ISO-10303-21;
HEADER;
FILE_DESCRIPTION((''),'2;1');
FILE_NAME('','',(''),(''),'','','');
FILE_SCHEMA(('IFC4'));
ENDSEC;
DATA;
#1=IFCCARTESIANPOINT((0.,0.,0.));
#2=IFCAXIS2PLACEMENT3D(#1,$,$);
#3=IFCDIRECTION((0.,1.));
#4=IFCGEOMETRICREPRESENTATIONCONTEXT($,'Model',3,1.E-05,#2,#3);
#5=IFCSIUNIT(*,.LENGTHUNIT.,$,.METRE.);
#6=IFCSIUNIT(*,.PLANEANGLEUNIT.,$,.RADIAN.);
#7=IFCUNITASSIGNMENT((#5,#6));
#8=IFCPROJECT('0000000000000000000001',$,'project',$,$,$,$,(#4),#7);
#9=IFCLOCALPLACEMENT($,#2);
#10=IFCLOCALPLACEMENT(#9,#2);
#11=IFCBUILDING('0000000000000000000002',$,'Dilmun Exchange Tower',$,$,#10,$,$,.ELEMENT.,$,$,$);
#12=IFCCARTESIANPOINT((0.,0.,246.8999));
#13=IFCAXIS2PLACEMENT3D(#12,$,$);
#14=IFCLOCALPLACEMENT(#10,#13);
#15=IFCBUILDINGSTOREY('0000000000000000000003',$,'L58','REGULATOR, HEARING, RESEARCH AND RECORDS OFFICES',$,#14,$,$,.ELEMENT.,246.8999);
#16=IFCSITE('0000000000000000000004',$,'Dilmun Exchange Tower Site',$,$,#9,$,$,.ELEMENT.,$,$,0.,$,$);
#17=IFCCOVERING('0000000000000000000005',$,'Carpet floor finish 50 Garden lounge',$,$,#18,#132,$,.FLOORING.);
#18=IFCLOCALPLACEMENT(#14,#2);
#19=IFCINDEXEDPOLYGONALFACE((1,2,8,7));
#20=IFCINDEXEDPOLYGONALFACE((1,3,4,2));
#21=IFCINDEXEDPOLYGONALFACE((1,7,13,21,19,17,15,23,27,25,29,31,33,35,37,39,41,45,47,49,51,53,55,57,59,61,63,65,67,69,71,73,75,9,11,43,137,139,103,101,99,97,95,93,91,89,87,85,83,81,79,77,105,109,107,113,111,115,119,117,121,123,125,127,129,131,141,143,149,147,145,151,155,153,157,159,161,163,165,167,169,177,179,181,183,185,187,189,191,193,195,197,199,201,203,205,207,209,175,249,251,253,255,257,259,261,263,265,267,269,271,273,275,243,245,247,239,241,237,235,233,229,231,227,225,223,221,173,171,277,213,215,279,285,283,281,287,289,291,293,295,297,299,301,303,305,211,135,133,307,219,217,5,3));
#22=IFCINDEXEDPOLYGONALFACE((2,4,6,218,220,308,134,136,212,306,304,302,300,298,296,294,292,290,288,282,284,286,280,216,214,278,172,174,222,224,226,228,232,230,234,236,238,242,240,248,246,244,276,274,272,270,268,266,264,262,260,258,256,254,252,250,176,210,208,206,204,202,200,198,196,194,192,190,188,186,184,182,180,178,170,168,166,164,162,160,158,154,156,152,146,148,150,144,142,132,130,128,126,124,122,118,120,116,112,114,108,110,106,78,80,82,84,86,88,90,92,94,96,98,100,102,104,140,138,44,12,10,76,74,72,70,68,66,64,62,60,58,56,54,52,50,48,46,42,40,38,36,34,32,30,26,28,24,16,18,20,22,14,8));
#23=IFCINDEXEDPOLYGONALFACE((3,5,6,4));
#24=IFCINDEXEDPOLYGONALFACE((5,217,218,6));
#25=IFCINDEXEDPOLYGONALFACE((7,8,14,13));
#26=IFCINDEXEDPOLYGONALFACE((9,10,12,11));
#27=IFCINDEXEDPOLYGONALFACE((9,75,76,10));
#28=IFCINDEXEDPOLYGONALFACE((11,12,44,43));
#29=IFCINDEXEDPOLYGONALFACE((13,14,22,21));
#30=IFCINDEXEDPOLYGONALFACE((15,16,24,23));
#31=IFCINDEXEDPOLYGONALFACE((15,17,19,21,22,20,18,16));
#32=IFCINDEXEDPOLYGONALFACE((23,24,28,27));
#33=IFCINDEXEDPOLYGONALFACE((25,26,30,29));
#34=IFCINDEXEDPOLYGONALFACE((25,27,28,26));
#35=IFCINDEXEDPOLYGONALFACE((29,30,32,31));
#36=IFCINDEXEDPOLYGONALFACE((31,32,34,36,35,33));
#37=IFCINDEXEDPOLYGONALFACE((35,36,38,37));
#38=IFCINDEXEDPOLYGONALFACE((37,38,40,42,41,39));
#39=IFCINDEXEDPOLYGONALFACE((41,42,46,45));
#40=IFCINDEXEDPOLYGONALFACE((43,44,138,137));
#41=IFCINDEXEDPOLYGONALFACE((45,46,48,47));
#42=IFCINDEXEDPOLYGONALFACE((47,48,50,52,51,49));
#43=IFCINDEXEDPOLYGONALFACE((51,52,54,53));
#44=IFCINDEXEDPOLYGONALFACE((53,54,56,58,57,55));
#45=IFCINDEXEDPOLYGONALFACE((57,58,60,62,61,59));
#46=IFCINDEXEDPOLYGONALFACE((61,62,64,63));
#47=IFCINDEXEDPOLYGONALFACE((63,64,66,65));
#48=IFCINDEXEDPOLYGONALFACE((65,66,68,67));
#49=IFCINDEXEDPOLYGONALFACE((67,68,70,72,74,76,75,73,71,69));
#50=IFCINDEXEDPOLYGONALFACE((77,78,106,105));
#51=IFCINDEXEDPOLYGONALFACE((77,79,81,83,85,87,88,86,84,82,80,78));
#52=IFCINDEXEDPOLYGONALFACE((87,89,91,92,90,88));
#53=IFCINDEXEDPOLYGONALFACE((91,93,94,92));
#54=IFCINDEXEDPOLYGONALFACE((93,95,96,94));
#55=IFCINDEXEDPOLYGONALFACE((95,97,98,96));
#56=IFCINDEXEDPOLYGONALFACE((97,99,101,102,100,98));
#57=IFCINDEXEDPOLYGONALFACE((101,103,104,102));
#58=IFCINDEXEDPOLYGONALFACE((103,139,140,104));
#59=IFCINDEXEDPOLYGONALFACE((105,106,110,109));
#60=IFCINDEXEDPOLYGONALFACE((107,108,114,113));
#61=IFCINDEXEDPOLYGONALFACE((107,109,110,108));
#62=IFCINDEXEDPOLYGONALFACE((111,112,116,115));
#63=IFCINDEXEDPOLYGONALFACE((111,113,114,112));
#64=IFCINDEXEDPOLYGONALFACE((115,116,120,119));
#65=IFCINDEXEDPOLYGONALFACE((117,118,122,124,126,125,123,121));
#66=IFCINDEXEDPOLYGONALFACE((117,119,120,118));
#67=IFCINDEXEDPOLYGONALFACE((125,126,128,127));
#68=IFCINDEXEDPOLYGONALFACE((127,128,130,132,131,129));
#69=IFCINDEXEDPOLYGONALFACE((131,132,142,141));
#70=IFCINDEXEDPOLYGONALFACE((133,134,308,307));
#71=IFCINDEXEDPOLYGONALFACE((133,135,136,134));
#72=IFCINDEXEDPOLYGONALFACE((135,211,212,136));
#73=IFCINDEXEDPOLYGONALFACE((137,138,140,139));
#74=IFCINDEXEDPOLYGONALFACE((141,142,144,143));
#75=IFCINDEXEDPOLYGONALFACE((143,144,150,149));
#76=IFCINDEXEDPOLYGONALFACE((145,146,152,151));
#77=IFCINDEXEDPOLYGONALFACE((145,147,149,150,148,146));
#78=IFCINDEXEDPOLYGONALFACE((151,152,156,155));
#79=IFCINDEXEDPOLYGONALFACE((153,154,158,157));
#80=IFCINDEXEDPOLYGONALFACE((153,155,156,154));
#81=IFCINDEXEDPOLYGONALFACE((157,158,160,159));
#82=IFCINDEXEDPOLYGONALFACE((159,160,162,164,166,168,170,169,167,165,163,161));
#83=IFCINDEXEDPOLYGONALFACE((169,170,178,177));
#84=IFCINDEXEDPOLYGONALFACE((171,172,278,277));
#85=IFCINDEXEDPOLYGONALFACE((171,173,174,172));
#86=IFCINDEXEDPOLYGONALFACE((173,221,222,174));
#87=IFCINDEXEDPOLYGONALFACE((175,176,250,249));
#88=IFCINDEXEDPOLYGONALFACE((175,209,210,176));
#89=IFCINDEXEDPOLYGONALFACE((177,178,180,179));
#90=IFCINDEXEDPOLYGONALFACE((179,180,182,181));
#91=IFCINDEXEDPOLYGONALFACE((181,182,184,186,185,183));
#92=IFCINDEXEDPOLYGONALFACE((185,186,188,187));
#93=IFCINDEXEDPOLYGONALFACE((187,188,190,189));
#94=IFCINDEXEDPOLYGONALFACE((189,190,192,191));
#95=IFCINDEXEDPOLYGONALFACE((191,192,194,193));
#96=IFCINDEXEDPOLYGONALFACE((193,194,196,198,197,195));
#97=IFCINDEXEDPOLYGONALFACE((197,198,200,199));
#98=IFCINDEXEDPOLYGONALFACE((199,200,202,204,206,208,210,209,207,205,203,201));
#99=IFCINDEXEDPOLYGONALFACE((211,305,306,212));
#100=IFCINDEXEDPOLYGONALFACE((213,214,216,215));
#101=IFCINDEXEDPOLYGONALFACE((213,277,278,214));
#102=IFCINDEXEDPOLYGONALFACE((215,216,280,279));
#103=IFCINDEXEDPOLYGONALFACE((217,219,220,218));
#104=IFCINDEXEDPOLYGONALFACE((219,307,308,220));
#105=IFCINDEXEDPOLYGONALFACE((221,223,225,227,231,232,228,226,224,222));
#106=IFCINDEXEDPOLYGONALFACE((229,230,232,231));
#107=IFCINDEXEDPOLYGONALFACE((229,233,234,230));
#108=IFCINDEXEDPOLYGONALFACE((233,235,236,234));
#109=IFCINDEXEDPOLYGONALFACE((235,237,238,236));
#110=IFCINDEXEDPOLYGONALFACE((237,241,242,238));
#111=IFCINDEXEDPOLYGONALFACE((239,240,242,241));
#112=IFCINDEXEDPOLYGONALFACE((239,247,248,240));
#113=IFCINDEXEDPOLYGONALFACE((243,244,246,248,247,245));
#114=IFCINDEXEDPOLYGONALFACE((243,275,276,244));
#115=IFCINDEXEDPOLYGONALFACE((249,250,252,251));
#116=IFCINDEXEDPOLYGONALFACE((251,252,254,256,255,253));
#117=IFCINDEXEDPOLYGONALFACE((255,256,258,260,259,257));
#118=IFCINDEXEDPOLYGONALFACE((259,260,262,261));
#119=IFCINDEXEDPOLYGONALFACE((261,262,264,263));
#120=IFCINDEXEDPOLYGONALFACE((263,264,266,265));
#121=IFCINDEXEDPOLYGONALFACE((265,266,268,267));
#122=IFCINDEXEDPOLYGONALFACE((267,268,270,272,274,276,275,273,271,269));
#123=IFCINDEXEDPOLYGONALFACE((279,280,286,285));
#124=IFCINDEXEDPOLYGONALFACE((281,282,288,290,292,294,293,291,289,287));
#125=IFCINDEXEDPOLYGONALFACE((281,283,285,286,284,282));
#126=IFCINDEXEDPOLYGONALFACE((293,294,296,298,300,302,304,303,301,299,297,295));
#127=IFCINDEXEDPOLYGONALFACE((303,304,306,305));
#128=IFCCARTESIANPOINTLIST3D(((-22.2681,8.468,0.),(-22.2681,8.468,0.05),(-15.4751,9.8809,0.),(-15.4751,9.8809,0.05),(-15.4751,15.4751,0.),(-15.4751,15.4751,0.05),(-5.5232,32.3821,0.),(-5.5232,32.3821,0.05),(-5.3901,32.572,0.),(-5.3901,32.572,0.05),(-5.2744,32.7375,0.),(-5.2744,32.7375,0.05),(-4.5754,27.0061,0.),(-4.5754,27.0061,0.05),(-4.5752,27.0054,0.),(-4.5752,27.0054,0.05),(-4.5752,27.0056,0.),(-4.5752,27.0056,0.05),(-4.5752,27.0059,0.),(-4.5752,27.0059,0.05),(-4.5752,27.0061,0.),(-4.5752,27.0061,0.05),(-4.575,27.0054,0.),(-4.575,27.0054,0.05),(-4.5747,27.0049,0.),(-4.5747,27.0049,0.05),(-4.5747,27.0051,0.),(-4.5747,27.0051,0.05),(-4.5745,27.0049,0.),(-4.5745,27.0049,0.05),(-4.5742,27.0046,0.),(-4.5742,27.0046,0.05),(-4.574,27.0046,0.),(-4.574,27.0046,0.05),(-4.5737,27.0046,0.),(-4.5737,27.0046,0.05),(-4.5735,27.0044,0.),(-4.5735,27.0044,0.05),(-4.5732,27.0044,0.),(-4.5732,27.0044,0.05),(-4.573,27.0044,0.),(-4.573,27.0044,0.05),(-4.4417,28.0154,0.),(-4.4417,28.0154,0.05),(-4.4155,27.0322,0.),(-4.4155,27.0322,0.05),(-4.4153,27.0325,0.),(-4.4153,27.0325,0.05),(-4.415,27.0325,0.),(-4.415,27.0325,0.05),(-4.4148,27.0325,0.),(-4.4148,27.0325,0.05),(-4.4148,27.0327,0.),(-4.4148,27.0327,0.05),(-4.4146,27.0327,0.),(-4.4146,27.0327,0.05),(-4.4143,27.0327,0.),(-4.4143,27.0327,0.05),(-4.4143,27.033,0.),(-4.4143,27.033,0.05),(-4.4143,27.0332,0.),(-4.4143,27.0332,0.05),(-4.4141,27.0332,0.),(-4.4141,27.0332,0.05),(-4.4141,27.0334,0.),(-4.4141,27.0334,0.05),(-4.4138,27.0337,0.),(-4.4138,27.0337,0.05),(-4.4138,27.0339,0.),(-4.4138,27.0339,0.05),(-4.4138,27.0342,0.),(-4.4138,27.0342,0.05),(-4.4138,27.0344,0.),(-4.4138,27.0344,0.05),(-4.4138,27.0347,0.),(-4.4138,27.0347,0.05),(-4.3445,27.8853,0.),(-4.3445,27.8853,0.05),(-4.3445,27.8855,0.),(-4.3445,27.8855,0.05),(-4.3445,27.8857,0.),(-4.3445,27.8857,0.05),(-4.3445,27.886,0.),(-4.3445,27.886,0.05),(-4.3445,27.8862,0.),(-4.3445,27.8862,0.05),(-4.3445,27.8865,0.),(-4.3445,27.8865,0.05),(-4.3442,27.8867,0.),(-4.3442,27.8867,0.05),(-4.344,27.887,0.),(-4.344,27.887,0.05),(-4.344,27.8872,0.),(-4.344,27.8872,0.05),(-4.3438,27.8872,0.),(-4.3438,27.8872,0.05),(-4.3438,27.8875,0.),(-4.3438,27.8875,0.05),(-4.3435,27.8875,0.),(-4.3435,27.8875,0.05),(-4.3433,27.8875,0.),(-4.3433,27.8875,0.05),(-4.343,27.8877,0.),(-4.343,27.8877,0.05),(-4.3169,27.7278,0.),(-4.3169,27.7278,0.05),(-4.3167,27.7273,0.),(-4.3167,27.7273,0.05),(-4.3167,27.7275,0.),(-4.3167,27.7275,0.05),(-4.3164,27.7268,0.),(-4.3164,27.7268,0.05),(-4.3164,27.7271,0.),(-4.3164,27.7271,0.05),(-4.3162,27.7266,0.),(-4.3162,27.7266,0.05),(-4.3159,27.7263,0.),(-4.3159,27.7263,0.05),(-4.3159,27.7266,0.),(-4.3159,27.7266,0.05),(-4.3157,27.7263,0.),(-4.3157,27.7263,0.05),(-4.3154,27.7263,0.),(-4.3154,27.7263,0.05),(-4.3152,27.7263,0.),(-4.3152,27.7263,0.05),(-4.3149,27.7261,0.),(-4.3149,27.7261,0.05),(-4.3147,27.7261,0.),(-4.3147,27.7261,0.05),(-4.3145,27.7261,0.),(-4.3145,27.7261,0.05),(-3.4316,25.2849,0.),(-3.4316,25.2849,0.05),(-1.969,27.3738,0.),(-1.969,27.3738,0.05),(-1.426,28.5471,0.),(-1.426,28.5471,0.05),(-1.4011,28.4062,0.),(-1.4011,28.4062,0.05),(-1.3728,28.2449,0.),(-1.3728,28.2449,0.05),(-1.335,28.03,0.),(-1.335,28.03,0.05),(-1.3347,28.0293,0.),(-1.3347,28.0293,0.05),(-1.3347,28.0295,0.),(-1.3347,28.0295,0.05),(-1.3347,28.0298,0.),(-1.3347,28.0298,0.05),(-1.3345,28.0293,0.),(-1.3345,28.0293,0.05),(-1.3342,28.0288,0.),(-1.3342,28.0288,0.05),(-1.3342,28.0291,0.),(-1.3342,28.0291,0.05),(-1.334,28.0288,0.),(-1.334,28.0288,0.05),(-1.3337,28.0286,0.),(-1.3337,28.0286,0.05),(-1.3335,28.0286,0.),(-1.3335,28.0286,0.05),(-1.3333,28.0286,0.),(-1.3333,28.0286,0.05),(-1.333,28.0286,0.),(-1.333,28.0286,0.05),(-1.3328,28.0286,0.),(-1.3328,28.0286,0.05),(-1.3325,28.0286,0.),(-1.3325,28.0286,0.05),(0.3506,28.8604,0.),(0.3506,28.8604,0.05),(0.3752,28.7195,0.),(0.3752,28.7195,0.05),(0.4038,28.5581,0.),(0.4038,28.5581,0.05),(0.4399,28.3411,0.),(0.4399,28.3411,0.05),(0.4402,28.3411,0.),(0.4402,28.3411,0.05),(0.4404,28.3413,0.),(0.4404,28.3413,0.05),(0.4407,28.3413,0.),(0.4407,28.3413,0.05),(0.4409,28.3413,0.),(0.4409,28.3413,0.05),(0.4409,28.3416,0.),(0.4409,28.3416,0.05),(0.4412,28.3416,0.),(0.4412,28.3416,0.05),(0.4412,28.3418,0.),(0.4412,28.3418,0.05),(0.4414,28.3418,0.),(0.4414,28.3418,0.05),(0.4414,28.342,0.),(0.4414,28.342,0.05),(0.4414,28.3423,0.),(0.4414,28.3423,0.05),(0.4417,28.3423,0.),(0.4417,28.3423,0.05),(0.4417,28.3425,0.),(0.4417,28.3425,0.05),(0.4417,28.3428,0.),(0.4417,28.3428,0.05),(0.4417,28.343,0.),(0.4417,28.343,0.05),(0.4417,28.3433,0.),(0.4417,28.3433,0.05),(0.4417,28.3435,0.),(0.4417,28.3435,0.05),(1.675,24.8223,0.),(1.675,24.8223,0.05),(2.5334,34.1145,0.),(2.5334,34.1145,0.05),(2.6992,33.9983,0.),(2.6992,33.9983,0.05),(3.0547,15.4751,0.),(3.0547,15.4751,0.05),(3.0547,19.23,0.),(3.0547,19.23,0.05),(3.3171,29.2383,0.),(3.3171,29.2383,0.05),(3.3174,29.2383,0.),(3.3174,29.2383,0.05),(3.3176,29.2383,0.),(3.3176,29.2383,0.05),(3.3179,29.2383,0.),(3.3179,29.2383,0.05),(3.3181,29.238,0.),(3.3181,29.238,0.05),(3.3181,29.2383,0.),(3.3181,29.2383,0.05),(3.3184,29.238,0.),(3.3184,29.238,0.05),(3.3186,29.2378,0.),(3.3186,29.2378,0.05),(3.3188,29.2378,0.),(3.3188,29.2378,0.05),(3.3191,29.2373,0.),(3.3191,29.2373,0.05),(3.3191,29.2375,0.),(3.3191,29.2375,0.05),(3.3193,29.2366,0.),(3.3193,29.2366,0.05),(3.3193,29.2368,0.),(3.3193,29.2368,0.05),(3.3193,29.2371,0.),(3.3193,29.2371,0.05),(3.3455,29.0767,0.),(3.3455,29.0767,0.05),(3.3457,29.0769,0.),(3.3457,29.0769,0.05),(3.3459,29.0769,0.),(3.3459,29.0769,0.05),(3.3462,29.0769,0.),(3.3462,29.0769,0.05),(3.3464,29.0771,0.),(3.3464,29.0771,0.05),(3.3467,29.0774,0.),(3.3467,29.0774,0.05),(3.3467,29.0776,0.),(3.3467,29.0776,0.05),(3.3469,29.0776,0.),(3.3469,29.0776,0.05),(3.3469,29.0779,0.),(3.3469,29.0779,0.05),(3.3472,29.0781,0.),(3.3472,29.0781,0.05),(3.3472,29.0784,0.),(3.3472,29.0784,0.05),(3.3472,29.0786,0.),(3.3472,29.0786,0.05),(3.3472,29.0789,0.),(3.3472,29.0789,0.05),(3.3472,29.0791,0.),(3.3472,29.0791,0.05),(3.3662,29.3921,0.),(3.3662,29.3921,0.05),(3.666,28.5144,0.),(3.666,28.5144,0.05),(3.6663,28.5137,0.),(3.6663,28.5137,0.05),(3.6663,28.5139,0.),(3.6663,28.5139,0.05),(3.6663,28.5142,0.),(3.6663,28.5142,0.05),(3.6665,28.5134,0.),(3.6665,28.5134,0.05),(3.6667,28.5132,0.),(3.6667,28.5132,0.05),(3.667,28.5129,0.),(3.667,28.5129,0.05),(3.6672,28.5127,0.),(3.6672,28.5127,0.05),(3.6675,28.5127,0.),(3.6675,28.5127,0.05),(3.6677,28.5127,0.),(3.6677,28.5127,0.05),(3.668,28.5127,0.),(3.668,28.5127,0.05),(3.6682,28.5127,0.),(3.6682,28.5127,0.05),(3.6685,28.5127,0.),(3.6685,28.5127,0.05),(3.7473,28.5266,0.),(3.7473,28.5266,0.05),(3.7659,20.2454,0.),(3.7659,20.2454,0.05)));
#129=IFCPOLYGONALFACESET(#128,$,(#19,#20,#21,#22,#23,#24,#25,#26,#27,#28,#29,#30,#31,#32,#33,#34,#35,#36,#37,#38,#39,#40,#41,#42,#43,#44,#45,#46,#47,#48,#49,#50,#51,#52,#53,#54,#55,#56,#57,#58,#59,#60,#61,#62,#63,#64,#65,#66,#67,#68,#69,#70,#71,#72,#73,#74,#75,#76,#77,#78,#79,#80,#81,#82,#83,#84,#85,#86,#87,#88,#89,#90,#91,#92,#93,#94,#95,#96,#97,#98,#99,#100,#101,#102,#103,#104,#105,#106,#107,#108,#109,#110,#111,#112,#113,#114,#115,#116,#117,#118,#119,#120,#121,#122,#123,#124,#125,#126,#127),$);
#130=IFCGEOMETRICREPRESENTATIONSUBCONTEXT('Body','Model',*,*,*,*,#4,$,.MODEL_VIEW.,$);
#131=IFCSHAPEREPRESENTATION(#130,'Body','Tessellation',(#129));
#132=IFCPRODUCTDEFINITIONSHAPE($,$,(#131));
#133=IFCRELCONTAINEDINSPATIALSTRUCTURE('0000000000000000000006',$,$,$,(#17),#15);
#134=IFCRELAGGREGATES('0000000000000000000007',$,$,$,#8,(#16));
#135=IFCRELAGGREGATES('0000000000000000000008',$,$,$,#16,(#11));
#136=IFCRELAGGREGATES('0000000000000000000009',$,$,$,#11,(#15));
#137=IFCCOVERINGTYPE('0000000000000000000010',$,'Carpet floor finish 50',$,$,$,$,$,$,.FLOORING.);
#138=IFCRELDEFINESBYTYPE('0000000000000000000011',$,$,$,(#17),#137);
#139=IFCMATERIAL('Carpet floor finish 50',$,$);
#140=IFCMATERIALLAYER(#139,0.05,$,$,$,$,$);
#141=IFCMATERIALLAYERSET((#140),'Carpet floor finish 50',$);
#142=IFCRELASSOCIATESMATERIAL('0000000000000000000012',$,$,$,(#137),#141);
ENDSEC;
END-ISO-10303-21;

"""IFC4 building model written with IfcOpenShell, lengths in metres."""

from ifc_helpers import new_model, si_unit, direction, frame, origin, place, context, subcontext, project, spatial, polyline, outline, extrude, material, layer, layer_set, type_object, element, save


model = new_model("IFC4")

# Units and contexts
model_context = context("Model", 3, precision=1e-05, world=origin(), true_north=direction((0.0, 1.0)))
body_context = subcontext(model_context, "Body", "Model", "MODEL_VIEW")
ifc_project = project(units=[si_unit("LENGTHUNIT", "METRE"), si_unit("PLANEANGLEUNIT", "RADIAN")], contexts=[model_context])

# Site, building, storey
site_placement = place(None, origin())
site = spatial("IfcSite", under=ifc_project, at=site_placement, Name="Dilmun Exchange Tower Site", CompositionType="ELEMENT", RefElevation=0.0)
building_placement = place(site_placement, origin())
building = spatial("IfcBuilding", under=site, at=building_placement, Name="Dilmun Exchange Tower", CompositionType="ELEMENT")
storey_placement = place(building_placement, frame((0.0, 0.0, 246.8999)))
storey = spatial("IfcBuildingStorey", under=building, at=storey_placement, Name="L58", Description="REGULATOR, HEARING, RESEARCH AND RECORDS OFFICES", CompositionType="ELEMENT", Elevation=246.8999)

# Covering
ifc_material_1 = material(Name="Carpet floor finish 50")
ifc_layer_1 = layer(ifc_material_1, 0.05)
ifc_layer_set_1 = layer_set([ifc_layer_1], Name="Carpet floor finish 50")
covering_type_1 = type_object("IfcCoveringType", Name="Carpet floor finish 50", PredefinedType="FLOORING", material=ifc_layer_set_1)
covering_1_placement = place(storey_placement, origin())
element("IfcCovering", 1, at=covering_1_placement, inside=storey, type_object=covering_type_1, Name="Carpet floor finish 50 Garden lounge", PredefinedType="FLOORING", context=body_context, shape_type="SweptSolid", body=[
    extrude(outline(polyline([(-15.4751, 9.8809), (-22.2681, 8.468), (-5.5232, 32.3821), (-4.5754, 27.0061), (-4.5752, 27.0061), (-4.5752, 27.0059), (-4.5752, 27.0056), (-4.5752, 27.0054), (-4.575, 27.0054), (-4.5747, 27.0051), (-4.5747, 27.0049), (-4.5745, 27.0049), (-4.5745, 27.0049), (-4.5742, 27.0046), (-4.574, 27.0046), (-4.5737, 27.0046), (-4.5735, 27.0044), (-4.5735, 27.0044), (-4.5732, 27.0044), (-4.573, 27.0044), (-4.4155, 27.0322), (-4.4153, 27.0325), (-4.415, 27.0325), (-4.4148, 27.0325), (-4.4148, 27.0327), (-4.4146, 27.0327), (-4.4143, 27.0327), (-4.4143, 27.033), (-4.4143, 27.0332), (-4.4141, 27.0332), (-4.4141, 27.0334), (-4.4138, 27.0337), (-4.4138, 27.0339), (-4.4138, 27.0342), (-4.4138, 27.0342), (-4.4138, 27.0344), (-4.4138, 27.0347), (-5.3901, 32.572), (-5.2744, 32.7375), (-4.4417, 28.0154), (-1.426, 28.5471), (-1.4011, 28.4062), (-4.343, 27.8877), (-4.343, 27.8877), (-4.3433, 27.8875), (-4.3435, 27.8875), (-4.3438, 27.8875), (-4.3438, 27.8872), (-4.344, 27.8872), (-4.344, 27.887), (-4.3442, 27.8867), (-4.3442, 27.8867), (-4.3445, 27.8865), (-4.3445, 27.8862), (-4.3445, 27.886), (-4.3445, 27.886), (-4.3445, 27.8857), (-4.3445, 27.8855), (-4.3445, 27.8853), (-4.3169, 27.7278), (-4.3167, 27.7275), (-4.3167, 27.7273), (-4.3167, 27.7273), (-4.3164, 27.7271), (-4.3164, 27.7268), (-4.3164, 27.7268), (-4.3162, 27.7266), (-4.3159, 27.7266), (-4.3159, 27.7263), (-4.3157, 27.7263), (-4.3154, 27.7263), (-4.3152, 27.7263), (-4.3149, 27.7261), (-4.3149, 27.7261), (-4.3147, 27.7261), (-4.3145, 27.7261), (-1.3728, 28.2449), (-1.335, 28.03), (-1.3347, 28.0298), (-1.3347, 28.0298), (-1.3347, 28.0295), (-1.3347, 28.0293), (-1.3345, 28.0293), (-1.3342, 28.0291), (-1.3342, 28.0288), (-1.334, 28.0288), (-1.334, 28.0288), (-1.3337, 28.0286), (-1.3335, 28.0286), (-1.3333, 28.0286), (-1.333, 28.0286), (-1.333, 28.0286), (-1.3328, 28.0286), (-1.3325, 28.0286), (0.4399, 28.3411), (0.4402, 28.3411), (0.4404, 28.3413), (0.4407, 28.3413), (0.4409, 28.3413), (0.4409, 28.3416), (0.4412, 28.3416), (0.4412, 28.3418), (0.4414, 28.3418), (0.4414, 28.342), (0.4414, 28.3423), (0.4417, 28.3423), (0.4417, 28.3425), (0.4417, 28.3428), (0.4417, 28.343), (0.4417, 28.3433), (0.4417, 28.3435), (0.4038, 28.5581), (3.3455, 29.0767), (3.3457, 29.0769), (3.3459, 29.0769), (3.3462, 29.0769), (3.3462, 29.0769), (3.3464, 29.0771), (3.3467, 29.0774), (3.3467, 29.0774), (3.3467, 29.0776), (3.3469, 29.0776), (3.3469, 29.0779), (3.3472, 29.0781), (3.3472, 29.0784), (3.3472, 29.0786), (3.3472, 29.0786), (3.3472, 29.0789), (3.3472, 29.0791), (3.3193, 29.2366), (3.3193, 29.2368), (3.3193, 29.2371), (3.3191, 29.2373), (3.3191, 29.2373), (3.3191, 29.2375), (3.3188, 29.2378), (3.3186, 29.2378), (3.3186, 29.2378), (3.3184, 29.238), (3.3181, 29.238), (3.3181, 29.2383), (3.3179, 29.2383), (3.3176, 29.2383), (3.3174, 29.2383), (3.3174, 29.2383), (3.3171, 29.2383), (0.3752, 28.7195), (0.3506, 28.8604), (3.3662, 29.3921), (2.5334, 34.1145), (2.6992, 33.9983), (3.666, 28.5144), (3.6663, 28.5142), (3.6663, 28.5139), (3.6663, 28.5137), (3.6665, 28.5134), (3.6665, 28.5134), (3.6667, 28.5132), (3.6667, 28.5132), (3.667, 28.5129), (3.667, 28.5129), (3.6672, 28.5127), (3.6675, 28.5127), (3.6677, 28.5127), (3.668, 28.5127), (3.6682, 28.5127), (3.6682, 28.5127), (3.6685, 28.5127), (3.7473, 28.5266), (1.675, 24.8223), (-1.969, 27.3738), (-3.4316, 25.2849), (3.7659, 20.2454), (3.0547, 19.23), (3.0547, 15.4751), (-15.4751, 15.4751), (-15.4751, 9.8809)])), origin(), (0.0, 0.0, 1.0), 0.05),
])

save(model, "model.ifc")
